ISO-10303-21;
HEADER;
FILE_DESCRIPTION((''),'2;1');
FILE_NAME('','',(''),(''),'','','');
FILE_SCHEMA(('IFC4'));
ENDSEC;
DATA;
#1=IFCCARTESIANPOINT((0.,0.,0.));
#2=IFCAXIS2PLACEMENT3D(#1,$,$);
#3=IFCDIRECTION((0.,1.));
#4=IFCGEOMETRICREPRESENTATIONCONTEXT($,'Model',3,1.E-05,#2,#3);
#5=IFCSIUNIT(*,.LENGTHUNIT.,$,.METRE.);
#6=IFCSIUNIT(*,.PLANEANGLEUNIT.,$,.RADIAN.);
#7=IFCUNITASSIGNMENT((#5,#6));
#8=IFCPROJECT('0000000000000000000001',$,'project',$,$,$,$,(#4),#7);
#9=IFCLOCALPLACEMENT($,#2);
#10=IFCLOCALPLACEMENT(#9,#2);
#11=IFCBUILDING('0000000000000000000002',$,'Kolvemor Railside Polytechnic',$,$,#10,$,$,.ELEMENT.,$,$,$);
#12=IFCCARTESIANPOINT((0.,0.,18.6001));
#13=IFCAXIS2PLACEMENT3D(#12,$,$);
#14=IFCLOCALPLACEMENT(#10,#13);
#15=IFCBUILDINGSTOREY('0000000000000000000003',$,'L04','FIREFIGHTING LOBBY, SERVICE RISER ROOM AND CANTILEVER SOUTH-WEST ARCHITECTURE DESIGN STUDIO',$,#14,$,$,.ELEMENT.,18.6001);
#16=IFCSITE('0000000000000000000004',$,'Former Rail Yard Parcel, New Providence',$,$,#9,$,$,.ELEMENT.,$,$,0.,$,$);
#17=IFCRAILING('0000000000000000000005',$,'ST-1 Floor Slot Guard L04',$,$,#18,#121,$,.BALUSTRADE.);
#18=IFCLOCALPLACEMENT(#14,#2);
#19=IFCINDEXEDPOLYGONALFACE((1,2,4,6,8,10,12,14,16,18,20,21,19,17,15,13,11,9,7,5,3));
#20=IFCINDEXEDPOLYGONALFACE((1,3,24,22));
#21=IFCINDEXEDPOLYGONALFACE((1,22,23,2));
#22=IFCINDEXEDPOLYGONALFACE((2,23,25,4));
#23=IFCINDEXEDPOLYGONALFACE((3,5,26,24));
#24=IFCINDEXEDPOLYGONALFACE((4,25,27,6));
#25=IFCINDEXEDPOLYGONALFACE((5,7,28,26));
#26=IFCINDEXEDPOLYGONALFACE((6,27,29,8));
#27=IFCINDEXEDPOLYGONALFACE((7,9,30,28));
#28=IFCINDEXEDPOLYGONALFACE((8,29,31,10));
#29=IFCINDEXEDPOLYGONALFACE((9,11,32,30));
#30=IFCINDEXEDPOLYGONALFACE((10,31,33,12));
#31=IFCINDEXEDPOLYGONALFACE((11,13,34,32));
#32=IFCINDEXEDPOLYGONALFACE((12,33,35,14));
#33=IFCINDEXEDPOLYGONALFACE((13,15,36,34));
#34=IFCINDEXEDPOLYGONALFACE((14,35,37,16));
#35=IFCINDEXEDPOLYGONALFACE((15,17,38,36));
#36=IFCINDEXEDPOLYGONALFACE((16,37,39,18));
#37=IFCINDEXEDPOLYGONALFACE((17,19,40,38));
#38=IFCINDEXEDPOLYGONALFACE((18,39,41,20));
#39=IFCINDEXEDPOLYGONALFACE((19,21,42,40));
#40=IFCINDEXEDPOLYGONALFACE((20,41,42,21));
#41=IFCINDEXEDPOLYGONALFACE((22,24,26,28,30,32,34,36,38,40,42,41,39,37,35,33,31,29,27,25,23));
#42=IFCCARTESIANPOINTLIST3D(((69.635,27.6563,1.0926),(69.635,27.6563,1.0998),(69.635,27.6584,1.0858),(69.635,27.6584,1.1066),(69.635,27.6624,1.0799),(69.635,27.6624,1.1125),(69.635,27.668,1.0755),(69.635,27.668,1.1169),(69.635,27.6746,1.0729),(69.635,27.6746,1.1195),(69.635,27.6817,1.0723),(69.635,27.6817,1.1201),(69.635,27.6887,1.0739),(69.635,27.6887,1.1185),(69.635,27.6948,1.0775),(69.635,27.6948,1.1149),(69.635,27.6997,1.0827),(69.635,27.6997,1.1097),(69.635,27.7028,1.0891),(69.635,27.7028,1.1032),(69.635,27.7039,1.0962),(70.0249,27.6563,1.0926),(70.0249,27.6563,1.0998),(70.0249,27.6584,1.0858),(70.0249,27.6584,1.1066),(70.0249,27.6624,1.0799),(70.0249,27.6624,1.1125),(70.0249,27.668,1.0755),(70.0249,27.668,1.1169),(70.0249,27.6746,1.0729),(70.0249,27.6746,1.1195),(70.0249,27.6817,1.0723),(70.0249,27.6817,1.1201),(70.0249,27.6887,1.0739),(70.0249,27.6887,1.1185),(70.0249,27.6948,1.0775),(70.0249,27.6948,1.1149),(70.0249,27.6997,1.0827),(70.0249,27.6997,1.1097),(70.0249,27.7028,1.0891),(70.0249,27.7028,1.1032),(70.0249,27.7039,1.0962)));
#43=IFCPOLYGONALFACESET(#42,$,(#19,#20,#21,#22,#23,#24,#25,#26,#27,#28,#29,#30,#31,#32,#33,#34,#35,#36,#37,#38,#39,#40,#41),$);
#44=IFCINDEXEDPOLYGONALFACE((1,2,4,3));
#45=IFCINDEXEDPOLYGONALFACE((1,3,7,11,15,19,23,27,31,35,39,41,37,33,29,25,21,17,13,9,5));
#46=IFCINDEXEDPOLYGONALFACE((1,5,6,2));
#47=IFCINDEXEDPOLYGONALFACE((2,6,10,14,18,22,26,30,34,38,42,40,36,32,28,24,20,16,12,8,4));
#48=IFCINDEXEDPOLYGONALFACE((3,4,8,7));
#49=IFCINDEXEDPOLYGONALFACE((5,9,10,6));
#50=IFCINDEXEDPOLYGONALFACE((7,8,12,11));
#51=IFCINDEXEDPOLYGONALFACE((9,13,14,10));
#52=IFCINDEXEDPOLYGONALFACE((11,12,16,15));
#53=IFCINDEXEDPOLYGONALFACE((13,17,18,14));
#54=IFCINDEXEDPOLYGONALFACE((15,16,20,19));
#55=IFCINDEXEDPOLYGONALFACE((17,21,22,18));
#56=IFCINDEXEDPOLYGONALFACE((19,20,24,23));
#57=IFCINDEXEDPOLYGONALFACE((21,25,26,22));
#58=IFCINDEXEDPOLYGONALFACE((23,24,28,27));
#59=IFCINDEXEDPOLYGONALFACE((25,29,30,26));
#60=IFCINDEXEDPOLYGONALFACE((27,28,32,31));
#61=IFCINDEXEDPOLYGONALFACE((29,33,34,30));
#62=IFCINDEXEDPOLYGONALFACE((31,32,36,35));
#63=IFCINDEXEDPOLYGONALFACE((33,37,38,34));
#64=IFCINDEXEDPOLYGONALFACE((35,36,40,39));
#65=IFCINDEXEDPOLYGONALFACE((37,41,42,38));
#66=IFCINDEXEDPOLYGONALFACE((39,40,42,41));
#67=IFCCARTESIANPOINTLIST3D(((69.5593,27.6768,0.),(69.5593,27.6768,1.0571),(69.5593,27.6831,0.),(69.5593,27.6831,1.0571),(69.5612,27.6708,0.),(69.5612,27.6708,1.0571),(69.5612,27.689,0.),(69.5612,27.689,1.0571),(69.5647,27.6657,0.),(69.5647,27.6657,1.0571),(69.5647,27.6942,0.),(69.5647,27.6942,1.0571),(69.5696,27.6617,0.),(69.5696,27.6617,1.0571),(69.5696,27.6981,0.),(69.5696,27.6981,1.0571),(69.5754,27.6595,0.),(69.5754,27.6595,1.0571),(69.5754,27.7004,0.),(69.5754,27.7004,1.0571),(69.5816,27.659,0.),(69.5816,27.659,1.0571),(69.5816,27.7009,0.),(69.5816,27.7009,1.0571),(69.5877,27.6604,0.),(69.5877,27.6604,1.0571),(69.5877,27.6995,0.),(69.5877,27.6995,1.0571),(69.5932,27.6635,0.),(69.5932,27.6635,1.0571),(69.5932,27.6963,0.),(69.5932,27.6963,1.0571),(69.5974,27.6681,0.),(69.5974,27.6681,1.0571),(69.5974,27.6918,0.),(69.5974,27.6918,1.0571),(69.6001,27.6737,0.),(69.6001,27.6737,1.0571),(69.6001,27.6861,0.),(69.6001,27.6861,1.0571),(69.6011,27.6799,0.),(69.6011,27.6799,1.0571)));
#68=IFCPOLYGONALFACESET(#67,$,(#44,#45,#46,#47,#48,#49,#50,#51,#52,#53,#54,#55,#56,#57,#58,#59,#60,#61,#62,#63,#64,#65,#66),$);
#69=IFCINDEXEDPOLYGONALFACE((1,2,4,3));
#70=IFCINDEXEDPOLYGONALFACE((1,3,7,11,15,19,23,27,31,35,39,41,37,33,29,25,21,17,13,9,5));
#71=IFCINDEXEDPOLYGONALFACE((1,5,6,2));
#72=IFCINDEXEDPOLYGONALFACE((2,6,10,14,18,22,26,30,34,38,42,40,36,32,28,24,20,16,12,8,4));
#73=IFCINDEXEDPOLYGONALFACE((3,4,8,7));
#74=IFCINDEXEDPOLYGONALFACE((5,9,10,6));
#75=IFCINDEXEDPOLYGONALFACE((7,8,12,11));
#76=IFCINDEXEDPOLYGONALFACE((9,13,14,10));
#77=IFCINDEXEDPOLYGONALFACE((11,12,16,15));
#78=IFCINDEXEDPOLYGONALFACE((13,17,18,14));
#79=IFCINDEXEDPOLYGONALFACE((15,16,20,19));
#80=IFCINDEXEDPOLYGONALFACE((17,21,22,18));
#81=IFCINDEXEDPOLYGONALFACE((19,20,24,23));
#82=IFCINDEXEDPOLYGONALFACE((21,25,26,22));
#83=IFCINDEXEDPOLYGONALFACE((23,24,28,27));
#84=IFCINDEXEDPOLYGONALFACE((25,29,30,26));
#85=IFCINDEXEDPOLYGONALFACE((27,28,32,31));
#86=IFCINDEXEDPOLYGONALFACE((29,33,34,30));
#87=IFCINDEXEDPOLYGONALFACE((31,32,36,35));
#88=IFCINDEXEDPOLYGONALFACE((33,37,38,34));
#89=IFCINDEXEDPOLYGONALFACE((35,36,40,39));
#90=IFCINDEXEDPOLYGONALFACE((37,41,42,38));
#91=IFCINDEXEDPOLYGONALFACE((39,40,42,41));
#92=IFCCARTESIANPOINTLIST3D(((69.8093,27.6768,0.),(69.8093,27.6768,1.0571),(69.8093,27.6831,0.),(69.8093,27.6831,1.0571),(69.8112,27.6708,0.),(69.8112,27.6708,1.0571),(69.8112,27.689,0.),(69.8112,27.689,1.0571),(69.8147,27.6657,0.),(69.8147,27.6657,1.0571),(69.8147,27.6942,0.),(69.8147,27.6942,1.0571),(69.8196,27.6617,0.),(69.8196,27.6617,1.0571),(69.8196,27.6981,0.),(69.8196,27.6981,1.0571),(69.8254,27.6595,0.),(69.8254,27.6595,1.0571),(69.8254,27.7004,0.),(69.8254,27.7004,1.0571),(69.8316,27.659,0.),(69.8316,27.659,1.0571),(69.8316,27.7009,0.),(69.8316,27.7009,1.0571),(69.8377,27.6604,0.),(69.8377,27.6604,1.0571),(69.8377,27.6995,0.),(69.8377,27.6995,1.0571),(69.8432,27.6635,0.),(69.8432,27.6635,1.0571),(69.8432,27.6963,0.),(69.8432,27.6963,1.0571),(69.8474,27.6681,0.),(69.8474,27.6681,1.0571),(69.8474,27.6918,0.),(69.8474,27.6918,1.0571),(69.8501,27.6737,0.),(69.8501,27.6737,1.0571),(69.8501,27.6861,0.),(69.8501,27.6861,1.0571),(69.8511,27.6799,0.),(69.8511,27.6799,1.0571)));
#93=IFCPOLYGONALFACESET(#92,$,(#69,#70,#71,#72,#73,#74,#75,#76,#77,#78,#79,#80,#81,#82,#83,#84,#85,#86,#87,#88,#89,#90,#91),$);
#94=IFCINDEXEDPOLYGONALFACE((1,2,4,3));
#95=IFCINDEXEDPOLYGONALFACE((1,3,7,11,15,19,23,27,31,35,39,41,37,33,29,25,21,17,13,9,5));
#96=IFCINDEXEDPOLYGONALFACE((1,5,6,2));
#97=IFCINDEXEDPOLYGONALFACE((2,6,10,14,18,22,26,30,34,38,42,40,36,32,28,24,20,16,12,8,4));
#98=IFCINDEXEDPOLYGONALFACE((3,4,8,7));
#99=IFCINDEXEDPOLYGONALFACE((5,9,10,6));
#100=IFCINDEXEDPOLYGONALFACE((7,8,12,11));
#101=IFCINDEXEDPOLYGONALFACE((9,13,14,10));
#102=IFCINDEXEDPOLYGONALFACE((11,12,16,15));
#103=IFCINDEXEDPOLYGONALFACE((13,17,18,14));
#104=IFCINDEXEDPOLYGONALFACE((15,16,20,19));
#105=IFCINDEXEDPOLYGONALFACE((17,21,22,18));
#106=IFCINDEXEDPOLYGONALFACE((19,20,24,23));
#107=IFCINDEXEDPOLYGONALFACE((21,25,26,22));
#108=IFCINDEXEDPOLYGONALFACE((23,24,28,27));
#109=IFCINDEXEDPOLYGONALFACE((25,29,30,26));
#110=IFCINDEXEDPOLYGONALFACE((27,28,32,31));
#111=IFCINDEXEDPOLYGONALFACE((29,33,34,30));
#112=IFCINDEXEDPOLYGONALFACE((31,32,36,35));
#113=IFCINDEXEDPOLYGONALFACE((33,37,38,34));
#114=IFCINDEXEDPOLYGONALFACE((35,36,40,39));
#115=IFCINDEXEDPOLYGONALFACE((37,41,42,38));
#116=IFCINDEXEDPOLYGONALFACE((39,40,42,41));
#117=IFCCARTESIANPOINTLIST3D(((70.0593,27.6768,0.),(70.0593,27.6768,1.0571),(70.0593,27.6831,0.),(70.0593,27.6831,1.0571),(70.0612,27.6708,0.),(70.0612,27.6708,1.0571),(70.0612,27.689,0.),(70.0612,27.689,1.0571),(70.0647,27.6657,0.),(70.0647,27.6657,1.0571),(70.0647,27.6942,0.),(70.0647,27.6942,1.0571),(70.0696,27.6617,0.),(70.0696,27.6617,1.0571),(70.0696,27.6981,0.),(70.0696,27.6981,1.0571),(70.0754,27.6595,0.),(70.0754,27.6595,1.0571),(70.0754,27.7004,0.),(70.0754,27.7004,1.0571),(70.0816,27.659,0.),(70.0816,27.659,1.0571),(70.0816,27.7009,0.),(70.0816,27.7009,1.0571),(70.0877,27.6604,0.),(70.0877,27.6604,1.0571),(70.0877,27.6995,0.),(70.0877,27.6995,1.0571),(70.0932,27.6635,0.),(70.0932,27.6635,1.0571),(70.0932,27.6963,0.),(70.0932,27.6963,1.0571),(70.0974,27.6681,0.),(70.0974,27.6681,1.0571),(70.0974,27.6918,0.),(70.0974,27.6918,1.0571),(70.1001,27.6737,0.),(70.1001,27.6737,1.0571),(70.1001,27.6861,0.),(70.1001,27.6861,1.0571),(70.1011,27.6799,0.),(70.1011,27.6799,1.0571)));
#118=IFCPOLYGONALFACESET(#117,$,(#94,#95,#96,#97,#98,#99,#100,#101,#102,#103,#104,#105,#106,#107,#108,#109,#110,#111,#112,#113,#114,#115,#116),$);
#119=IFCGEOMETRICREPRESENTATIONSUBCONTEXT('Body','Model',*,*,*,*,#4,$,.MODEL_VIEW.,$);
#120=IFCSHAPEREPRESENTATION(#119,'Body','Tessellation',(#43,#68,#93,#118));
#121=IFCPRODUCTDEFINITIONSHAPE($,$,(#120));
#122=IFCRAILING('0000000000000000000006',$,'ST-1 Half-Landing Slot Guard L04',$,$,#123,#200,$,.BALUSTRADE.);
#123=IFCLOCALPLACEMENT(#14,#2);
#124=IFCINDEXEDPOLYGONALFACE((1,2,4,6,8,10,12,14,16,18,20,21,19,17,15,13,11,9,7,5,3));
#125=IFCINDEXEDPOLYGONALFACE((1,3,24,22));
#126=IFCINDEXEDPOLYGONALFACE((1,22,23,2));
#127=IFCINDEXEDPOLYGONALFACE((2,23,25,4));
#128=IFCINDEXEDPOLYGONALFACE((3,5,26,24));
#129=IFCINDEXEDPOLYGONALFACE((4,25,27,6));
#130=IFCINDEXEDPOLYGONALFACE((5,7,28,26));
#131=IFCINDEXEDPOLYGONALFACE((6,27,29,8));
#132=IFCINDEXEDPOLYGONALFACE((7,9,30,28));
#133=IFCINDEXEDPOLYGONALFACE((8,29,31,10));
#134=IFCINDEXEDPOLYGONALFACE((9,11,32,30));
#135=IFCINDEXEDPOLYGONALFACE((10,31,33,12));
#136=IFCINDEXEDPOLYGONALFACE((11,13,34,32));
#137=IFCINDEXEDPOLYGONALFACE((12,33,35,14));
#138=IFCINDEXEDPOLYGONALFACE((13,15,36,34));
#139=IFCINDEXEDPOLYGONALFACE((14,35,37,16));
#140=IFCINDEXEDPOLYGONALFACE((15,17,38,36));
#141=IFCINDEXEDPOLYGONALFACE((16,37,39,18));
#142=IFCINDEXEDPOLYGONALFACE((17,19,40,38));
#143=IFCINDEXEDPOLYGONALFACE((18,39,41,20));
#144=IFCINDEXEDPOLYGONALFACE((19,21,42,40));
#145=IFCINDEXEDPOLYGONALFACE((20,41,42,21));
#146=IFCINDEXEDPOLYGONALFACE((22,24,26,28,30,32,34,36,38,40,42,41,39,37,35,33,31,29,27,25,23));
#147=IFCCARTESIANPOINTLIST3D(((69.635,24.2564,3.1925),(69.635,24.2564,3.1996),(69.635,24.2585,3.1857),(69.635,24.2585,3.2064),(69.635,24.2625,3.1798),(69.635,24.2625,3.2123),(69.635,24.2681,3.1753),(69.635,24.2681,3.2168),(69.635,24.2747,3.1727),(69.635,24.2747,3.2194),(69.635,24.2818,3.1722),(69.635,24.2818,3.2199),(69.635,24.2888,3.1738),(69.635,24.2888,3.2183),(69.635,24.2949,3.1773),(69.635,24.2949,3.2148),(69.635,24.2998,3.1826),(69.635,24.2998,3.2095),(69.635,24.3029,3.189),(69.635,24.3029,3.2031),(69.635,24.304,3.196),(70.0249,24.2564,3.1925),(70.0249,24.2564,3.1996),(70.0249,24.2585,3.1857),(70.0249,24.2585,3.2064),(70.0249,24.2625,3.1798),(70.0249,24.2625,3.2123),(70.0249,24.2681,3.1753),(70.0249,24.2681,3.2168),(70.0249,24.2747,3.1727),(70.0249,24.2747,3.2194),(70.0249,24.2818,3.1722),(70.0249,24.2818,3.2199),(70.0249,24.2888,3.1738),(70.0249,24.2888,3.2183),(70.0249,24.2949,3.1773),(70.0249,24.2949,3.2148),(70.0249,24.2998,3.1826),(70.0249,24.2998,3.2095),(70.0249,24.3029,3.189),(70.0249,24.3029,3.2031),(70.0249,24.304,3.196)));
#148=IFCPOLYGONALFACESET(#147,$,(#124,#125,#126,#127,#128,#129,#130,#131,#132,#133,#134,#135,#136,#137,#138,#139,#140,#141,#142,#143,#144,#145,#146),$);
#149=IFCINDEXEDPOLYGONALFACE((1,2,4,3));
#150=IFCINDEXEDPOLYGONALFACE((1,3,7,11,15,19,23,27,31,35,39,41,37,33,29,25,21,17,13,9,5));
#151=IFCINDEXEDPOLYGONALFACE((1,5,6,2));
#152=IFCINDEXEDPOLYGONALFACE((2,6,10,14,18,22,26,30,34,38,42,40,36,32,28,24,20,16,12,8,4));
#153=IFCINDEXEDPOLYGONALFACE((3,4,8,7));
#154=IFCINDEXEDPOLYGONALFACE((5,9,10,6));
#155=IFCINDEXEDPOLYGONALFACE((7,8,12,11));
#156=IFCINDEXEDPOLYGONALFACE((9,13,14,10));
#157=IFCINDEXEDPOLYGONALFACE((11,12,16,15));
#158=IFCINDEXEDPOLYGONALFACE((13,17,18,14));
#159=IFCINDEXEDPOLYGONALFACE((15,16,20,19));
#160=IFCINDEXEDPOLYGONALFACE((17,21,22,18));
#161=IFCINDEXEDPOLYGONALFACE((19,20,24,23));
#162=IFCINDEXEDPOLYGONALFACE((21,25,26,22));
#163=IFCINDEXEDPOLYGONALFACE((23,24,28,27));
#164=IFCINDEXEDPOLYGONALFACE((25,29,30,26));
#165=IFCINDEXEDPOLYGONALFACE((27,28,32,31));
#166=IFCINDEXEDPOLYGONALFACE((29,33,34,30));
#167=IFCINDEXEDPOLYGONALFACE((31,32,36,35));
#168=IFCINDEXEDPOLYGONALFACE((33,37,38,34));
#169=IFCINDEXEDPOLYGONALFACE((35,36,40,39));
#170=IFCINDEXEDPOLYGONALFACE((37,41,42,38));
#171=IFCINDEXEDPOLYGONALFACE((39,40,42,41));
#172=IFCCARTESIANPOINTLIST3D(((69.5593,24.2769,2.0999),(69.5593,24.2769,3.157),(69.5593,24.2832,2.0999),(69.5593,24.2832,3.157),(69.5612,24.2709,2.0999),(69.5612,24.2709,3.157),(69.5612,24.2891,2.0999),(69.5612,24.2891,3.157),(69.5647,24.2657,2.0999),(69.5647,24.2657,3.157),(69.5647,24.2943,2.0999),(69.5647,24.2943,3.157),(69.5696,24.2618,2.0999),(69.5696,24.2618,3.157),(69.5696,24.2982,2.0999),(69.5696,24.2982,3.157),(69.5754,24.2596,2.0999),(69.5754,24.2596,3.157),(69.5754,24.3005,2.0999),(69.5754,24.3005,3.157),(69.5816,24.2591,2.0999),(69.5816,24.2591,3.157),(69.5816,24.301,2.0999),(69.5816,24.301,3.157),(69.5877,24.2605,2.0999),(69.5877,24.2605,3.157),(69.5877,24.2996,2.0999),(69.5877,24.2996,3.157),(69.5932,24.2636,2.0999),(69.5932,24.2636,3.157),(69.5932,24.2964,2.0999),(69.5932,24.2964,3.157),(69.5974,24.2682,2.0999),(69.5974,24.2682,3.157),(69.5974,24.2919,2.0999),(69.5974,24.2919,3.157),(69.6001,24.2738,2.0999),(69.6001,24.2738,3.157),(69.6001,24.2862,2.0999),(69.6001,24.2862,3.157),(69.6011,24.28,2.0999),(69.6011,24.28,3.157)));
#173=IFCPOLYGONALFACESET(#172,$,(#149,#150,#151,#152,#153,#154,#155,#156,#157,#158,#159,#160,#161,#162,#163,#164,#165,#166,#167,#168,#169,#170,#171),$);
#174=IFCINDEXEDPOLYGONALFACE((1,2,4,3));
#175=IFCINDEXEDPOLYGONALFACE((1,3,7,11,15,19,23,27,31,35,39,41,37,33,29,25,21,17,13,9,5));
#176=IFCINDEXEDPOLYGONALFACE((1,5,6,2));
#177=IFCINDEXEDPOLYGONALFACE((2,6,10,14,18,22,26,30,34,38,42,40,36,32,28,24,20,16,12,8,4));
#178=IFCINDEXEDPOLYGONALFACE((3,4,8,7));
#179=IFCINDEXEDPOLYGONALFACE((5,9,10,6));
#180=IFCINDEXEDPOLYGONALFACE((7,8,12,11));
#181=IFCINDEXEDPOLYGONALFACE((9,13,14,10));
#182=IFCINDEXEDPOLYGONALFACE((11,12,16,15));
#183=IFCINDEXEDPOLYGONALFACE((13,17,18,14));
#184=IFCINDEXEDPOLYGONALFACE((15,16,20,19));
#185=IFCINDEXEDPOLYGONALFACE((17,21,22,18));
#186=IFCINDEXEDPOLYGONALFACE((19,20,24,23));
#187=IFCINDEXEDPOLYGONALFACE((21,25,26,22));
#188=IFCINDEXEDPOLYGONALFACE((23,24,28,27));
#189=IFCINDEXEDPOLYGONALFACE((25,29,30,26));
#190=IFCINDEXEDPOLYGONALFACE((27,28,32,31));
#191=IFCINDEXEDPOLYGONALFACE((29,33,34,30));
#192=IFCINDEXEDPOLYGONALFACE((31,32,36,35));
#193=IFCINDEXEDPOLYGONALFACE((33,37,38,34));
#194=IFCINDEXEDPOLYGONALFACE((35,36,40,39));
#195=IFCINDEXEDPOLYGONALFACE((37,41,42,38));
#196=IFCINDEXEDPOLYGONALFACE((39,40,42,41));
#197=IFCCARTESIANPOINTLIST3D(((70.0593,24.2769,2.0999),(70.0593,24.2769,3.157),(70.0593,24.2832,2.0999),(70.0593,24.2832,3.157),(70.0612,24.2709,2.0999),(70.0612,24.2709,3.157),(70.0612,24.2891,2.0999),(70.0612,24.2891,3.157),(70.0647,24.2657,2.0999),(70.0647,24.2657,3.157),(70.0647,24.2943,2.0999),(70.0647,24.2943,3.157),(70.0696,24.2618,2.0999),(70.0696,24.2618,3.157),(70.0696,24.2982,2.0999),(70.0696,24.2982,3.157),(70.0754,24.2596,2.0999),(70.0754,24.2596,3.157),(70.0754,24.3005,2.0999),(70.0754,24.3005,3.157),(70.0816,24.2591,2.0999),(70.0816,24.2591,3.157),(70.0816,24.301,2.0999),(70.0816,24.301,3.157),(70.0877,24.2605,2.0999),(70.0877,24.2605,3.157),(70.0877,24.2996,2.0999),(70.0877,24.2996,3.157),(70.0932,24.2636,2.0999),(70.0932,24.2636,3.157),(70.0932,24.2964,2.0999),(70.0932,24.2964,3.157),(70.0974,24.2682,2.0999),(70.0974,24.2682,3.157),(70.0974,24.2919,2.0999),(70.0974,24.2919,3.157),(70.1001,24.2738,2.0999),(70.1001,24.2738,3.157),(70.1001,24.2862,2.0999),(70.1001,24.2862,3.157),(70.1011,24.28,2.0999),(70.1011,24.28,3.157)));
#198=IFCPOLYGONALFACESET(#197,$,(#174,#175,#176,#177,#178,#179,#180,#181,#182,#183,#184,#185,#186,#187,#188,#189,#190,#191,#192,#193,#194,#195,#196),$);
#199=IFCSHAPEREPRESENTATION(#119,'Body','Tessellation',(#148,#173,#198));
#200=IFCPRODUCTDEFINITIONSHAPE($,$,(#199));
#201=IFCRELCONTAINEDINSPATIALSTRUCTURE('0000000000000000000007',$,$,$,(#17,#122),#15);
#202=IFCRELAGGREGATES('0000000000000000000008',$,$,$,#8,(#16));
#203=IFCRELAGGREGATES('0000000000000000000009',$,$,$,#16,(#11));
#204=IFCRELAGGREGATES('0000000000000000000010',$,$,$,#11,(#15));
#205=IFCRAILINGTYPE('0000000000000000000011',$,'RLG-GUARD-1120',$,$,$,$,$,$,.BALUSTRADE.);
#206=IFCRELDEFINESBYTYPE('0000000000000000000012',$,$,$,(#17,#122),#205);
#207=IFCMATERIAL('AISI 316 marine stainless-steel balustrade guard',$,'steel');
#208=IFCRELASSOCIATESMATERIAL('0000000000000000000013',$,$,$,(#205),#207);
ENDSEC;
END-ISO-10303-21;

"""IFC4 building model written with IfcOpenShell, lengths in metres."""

from ifc_helpers import new_model, si_unit, direction, frame, origin, origin_2d, place, context, subcontext, project, spatial, circle, extrude, material, type_object, element, save


model = new_model("IFC4")

# Units and contexts
model_context = context("Model", 3, precision=1e-05, world=origin(), true_north=direction((0.0, 1.0)))
body_context = subcontext(model_context, "Body", "Model", "MODEL_VIEW")
ifc_project = project(units=[si_unit("LENGTHUNIT", "METRE"), si_unit("PLANEANGLEUNIT", "RADIAN")], contexts=[model_context])

# Site, building, storey
site_placement = place(None, origin())
site = spatial("IfcSite", under=ifc_project, at=site_placement, Name="Former Rail Yard Parcel, New Providence", CompositionType="ELEMENT", RefElevation=0.0)
building_placement = place(site_placement, origin())
building = spatial("IfcBuilding", under=site, at=building_placement, Name="Kolvemor Railside Polytechnic", CompositionType="ELEMENT")
storey_placement = place(building_placement, frame((0.0, 0.0, 18.6001)))
storey = spatial("IfcBuildingStorey", under=building, at=storey_placement, Name="L04", Description="FIREFIGHTING LOBBY, SERVICE RISER ROOM AND CANTILEVER SOUTH-WEST ARCHITECTURE DESIGN STUDIO", CompositionType="ELEMENT", Elevation=18.6001)

# Railings
ifc_material_1 = material(Name="AISI 316 marine stainless-steel balustrade guard", Category="steel")
railing_type_1 = type_object("IfcRailingType", Name="RLG-GUARD-1120", PredefinedType="BALUSTRADE", material=ifc_material_1)
railing_1_placement = place(storey_placement, frame((69.5801, 27.6799, 0.0)))
element("IfcRailing", 1, at=railing_1_placement, inside=storey, type_object=railing_type_1, Name="ST-1 Floor Slot Guard L04", PredefinedType="BALUSTRADE", context=body_context, shape_type="SweptSolid", body=[
    extrude(circle(Radius=0.0239, at=origin_2d()), frame((0.0549, 0.0, 1.0962), z_axis=(1.0, 0.0, 0.0), x_axis=(0.0, 1.0, 0.0)), (0.0, 0.0, 1.0), 0.3899),
    extrude(circle(Radius=0.021, at=origin_2d()), origin(), (0.0, 0.0, 1.0), 1.0571),
    extrude(circle(Radius=0.021, at=origin_2d()), frame((0.25, 0.0, 0.0)), (0.0, 0.0, 1.0), 1.0571),
    extrude(circle(Radius=0.021, at=origin_2d()), frame((0.5, 0.0, 0.0)), (0.0, 0.0, 1.0), 1.0571),
])
railing_2_placement = place(storey_placement, frame((69.5801, 24.28, 2.0999)))
element("IfcRailing", 2, at=railing_2_placement, inside=storey, type_object=railing_type_1, Name="ST-1 Half-Landing Slot Guard L04", PredefinedType="BALUSTRADE", context=body_context, shape_type="SweptSolid", body=[
    extrude(circle(Radius=0.0239, at=origin_2d()), frame((0.0549, 0.0, 1.0962), z_axis=(1.0, 0.0, 0.0), x_axis=(0.0, 1.0, 0.0)), (0.0, 0.0, 1.0), 0.3899),
    extrude(circle(Radius=0.021, at=origin_2d()), origin(), (0.0, 0.0, 1.0), 1.0571),
    extrude(circle(Radius=0.021, at=origin_2d()), frame((0.5, 0.0, 0.0)), (0.0, 0.0, 1.0), 1.0571),
])

save(model, "model.ifc")
